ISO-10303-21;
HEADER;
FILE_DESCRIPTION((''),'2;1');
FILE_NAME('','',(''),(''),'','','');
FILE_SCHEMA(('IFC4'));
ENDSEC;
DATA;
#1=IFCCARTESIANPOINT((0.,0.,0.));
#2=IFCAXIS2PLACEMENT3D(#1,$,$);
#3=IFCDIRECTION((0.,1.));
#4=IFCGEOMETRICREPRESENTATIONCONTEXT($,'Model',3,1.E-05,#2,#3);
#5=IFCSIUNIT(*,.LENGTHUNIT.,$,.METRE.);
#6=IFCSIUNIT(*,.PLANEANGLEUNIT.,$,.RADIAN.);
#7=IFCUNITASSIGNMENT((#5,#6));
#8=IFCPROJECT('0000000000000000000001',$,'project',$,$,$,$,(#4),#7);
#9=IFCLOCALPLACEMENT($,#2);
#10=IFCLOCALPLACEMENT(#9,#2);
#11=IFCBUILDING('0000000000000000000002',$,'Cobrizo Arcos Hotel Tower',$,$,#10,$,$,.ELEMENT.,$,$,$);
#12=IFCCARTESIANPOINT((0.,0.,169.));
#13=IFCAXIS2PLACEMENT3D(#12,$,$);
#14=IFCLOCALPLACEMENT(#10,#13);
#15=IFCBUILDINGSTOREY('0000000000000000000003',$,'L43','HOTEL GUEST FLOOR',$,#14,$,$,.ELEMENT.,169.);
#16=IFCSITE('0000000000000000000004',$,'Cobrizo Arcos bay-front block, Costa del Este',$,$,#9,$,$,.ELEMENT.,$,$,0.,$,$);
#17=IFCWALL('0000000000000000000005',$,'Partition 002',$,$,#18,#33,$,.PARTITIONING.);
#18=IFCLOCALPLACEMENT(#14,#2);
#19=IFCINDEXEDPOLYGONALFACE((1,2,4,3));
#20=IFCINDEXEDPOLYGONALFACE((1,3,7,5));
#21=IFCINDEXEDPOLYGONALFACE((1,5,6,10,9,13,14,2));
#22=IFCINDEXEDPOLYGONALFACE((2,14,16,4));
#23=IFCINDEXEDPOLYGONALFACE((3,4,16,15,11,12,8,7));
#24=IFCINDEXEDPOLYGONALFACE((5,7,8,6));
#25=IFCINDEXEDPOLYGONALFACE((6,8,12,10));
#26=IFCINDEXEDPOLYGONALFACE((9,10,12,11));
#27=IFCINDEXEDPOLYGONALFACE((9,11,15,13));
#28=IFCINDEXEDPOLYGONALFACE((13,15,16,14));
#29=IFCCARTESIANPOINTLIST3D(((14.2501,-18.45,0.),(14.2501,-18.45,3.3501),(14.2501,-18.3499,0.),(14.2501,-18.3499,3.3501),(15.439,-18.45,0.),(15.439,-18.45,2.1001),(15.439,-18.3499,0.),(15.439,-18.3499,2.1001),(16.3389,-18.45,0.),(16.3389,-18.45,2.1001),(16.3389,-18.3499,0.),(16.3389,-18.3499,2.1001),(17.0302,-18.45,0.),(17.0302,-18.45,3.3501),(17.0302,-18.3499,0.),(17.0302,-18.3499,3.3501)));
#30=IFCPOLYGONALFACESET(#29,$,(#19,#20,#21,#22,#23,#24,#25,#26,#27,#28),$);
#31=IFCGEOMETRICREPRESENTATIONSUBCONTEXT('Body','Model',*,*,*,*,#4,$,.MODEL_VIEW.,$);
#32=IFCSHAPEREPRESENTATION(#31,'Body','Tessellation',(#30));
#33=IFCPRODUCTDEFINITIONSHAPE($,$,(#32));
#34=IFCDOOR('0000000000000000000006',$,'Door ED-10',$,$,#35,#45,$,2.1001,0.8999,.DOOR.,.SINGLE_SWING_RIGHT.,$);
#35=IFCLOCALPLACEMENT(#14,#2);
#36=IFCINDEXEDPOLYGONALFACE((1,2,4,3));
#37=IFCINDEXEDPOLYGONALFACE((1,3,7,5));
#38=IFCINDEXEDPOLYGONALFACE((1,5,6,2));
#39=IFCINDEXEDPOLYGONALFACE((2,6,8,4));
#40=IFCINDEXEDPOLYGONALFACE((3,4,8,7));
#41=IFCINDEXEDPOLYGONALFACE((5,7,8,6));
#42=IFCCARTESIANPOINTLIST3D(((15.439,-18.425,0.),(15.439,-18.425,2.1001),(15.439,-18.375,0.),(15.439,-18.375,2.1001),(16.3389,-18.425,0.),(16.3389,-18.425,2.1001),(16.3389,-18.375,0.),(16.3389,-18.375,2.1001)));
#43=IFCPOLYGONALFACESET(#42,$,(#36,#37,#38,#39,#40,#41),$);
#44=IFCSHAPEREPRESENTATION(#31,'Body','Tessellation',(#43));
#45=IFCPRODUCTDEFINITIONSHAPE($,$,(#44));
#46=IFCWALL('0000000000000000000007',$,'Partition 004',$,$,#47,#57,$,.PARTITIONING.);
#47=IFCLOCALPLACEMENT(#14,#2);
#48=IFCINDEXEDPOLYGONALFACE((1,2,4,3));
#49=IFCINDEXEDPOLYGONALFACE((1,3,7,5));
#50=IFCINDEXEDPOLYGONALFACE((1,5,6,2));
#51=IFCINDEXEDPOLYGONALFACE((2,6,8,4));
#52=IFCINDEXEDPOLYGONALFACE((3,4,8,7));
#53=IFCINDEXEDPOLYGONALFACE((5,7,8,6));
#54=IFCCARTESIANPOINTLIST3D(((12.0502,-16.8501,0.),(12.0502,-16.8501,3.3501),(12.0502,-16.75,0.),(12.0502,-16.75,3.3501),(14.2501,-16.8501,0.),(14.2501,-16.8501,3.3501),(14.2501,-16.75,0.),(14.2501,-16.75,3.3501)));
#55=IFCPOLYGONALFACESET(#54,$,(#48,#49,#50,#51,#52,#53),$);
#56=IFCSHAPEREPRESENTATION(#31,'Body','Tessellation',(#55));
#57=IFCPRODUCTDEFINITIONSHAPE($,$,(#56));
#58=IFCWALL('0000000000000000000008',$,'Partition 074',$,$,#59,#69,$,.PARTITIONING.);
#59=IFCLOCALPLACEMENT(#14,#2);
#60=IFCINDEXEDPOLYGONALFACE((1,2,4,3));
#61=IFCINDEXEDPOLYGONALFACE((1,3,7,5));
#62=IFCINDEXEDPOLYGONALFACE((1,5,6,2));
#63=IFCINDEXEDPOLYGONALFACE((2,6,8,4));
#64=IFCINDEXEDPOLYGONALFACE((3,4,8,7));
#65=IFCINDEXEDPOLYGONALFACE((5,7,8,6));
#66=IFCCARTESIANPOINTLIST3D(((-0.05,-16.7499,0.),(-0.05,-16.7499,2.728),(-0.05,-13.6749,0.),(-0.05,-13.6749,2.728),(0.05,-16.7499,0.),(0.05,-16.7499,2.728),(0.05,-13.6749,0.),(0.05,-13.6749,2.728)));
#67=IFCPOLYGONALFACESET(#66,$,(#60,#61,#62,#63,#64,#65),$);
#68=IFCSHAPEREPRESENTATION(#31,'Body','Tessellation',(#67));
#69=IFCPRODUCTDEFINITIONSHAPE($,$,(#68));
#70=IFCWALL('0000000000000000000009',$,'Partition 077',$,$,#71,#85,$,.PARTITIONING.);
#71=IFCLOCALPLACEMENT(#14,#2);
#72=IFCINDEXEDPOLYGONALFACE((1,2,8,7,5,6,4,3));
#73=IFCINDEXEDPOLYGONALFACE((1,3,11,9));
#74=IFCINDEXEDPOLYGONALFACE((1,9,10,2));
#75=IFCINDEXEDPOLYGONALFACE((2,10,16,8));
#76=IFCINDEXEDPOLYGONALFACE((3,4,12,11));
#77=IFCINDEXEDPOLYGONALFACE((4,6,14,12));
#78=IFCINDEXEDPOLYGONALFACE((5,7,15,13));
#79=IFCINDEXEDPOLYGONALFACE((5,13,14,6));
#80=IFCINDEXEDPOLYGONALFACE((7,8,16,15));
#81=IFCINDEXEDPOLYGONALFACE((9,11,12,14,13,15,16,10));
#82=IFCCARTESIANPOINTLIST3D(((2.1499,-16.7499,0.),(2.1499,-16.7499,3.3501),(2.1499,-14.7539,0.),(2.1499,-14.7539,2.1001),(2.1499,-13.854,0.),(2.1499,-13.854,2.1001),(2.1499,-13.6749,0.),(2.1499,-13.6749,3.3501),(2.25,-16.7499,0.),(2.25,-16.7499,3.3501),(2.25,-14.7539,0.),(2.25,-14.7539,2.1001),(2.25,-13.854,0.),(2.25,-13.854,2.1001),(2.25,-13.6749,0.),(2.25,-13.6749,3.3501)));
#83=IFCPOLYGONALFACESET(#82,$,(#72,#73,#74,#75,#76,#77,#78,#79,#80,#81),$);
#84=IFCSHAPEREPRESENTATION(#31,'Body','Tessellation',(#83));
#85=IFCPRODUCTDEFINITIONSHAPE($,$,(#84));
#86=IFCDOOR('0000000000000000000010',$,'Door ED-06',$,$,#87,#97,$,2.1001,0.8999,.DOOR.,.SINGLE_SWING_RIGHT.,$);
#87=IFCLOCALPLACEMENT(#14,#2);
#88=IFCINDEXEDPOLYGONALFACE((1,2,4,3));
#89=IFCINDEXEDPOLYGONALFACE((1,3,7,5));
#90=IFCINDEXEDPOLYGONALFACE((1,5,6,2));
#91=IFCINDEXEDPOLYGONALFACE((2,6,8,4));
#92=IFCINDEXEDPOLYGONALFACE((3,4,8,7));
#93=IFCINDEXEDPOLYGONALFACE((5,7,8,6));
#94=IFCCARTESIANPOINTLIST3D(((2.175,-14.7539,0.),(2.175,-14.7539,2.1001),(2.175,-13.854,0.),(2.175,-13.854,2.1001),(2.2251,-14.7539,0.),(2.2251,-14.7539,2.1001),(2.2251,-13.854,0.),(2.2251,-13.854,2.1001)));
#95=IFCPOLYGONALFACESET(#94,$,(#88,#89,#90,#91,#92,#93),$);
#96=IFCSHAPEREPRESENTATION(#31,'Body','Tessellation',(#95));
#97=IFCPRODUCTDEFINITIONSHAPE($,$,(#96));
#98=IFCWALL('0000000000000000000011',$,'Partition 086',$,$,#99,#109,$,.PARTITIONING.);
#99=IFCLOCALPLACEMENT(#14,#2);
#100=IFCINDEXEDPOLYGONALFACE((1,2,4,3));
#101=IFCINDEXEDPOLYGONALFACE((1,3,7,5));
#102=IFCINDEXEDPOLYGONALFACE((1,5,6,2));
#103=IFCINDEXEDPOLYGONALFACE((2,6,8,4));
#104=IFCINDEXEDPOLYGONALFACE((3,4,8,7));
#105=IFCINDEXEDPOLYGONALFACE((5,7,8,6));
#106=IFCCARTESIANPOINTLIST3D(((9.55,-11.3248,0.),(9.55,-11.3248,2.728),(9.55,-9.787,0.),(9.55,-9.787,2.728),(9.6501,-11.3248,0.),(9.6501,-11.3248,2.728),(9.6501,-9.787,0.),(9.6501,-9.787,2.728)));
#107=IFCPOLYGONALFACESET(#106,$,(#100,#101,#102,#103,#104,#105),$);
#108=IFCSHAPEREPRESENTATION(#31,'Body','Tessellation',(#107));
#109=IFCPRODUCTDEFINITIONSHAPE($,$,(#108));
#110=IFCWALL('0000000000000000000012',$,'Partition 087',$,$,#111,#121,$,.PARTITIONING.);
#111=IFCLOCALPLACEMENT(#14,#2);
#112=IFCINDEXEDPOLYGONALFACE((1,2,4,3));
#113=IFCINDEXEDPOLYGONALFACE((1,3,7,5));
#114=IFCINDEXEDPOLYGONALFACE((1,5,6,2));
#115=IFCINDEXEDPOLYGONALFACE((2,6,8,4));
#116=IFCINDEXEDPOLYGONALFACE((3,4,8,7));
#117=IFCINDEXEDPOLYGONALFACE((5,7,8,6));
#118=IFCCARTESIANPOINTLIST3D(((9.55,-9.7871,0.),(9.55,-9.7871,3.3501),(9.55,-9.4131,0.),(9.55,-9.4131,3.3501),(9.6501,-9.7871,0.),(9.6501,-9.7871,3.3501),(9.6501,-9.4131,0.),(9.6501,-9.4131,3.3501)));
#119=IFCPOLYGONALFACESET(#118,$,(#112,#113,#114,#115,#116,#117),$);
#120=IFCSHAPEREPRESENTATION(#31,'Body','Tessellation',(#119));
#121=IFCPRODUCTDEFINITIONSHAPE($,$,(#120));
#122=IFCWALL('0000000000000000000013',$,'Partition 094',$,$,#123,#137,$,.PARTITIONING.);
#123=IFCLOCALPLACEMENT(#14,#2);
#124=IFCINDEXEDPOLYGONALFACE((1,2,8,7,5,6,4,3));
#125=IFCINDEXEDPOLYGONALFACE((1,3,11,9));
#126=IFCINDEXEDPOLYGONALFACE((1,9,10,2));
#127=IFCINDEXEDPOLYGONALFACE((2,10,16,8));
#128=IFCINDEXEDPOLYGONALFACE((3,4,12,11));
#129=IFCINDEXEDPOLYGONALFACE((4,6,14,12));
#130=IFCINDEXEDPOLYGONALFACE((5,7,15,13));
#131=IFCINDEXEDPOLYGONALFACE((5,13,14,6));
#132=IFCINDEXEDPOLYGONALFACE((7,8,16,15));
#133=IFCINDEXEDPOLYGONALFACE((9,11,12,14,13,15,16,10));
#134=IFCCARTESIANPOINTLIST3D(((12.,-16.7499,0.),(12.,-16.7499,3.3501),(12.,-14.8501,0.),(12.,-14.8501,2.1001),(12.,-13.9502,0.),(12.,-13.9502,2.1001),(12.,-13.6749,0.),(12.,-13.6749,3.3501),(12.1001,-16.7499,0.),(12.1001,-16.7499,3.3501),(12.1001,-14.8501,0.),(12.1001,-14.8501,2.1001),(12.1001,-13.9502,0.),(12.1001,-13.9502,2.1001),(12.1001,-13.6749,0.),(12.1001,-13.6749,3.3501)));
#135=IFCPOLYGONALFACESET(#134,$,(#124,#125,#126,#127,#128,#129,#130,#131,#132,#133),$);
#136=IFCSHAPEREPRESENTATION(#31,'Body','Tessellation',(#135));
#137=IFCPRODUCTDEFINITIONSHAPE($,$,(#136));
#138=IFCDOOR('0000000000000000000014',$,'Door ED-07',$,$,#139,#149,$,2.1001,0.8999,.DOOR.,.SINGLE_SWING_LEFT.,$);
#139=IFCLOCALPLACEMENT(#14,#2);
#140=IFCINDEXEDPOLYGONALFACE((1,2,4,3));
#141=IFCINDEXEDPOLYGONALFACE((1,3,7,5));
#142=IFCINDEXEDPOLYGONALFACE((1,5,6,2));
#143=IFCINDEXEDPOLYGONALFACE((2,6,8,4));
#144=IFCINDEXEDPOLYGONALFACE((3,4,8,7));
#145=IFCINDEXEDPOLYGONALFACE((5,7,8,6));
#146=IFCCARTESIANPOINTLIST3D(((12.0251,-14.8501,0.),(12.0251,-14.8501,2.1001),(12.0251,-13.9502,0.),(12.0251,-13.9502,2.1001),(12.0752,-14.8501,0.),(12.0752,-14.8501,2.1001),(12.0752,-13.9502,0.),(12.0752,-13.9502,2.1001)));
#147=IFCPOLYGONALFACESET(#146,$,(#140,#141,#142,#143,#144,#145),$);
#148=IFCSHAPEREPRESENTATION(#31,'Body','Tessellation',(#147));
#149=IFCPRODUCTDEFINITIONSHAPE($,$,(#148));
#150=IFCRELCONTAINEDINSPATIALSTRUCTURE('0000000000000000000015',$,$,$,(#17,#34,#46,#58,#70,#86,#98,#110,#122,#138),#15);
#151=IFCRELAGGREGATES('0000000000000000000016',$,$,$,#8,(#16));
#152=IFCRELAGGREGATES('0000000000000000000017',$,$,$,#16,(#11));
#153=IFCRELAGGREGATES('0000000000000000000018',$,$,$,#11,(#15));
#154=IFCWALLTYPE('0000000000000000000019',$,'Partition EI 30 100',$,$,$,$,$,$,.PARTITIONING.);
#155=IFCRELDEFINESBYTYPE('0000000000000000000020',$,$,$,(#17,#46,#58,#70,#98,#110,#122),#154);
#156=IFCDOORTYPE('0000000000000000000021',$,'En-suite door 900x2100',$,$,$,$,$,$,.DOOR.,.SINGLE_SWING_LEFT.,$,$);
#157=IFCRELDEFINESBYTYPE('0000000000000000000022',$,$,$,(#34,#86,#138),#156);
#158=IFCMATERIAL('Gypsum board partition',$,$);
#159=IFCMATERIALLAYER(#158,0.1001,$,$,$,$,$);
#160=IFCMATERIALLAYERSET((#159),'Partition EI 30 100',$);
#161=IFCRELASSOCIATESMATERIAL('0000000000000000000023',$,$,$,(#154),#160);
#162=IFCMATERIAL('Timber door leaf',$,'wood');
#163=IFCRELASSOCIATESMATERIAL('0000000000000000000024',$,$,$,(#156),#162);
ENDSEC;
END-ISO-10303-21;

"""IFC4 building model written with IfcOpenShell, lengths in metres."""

from ifc_helpers import new_model, si_unit, direction, frame, frame_2d, origin, place, context, subcontext, project, spatial, rectangle, extrude, material, layer, layer_set, type_object, element, fill, save


model = new_model("IFC4")

# Units and contexts
model_context = context("Model", 3, precision=1e-05, world=origin(), true_north=direction((0.0, 1.0)))
body_context = subcontext(model_context, "Body", "Model", "MODEL_VIEW")
ifc_project = project(units=[si_unit("LENGTHUNIT", "METRE"), si_unit("PLANEANGLEUNIT", "RADIAN")], contexts=[model_context])

# Site, building, storey
site_placement = place(None, origin())
site = spatial("IfcSite", under=ifc_project, at=site_placement, Name="Cobrizo Arcos bay-front block, Costa del Este", CompositionType="ELEMENT", RefElevation=0.0)
building_placement = place(site_placement, origin())
building = spatial("IfcBuilding", under=site, at=building_placement, Name="Cobrizo Arcos Hotel Tower", CompositionType="ELEMENT")
storey_placement = place(building_placement, frame((0.0, 0.0, 169.0)))
storey = spatial("IfcBuildingStorey", under=building, at=storey_placement, Name="L43", Description="HOTEL GUEST FLOOR", CompositionType="ELEMENT", Elevation=169.0)

# Shared definitions
ifc_material_1 = material(Name="Gypsum board partition")

# Wall, opening, door
ifc_material_2 = material(Name="Timber door leaf", Category="wood")
ifc_layer_1 = layer(ifc_material_1, 0.1001)
ifc_layer_set_1 = layer_set([ifc_layer_1], Name="Partition EI 30 100")
wall_type_1 = type_object("IfcWallType", Name="Partition EI 30 100", PredefinedType="PARTITIONING", material=ifc_layer_set_1)
wall_1_placement = place(storey_placement, frame((14.25, -18.3999, 0.0), z_axis=(0.0, 0.0, 1.0), x_axis=(1.0, 0.0, 0.0)))
wall_1 = element("IfcWall", 1, at=wall_1_placement, inside=storey, type_object=wall_type_1, Name="Partition 002", PredefinedType="PARTITIONING", context=body_context, shape_type="SweptSolid", body=[
    extrude(rectangle(XDim=2.78, YDim=0.1001, at=frame_2d((1.3901, 0.0))), origin(), (0.0, 0.0, 1.0), 3.3501),
])
opening_1_placement = place(wall_1_placement, frame((1.189, 0.0, 0.0)))
opening_1 = element("IfcOpeningElement", 2, at=opening_1_placement, cuts=wall_1, PredefinedType="OPENING", context=body_context, shape_type="SweptSolid", body=[
    extrude(rectangle(XDim=0.8999, YDim=2.1001, at=frame_2d((0.45, 1.05))), frame((0.0, 0.062, 0.0), z_axis=(0.0, -1.0, 0.0), x_axis=(1.0, 0.0, 0.0)), (0.0, 0.0, 1.0), 0.124),
])
door_type_1 = type_object("IfcDoorType", Name="En-suite door 900x2100", OperationType="SINGLE_SWING_LEFT", PredefinedType="DOOR", material=ifc_material_2)
door_1_placement = place(opening_1_placement, origin())
door_1 = element("IfcDoor", 3, at=door_1_placement, inside=storey, type_object=door_type_1, Name="Door ED-10", OperationType="SINGLE_SWING_RIGHT", OverallHeight=2.1001, OverallWidth=0.8999, PredefinedType="DOOR", context=body_context, shape_type="SweptSolid", body=[
    extrude(rectangle(XDim=0.8999, YDim=2.1001, at=frame_2d((0.45, 1.05))), frame((0.0, 0.0249, 0.0), z_axis=(0.0, -1.0, 0.0), x_axis=(1.0, 0.0, 0.0)), (0.0, 0.0, 1.0), 0.05),
])
fill(opening_1, door_1)

# Walls
wall_2_placement = place(storey_placement, frame((12.05, -16.8, 0.0), z_axis=(0.0, 0.0, 1.0), x_axis=(1.0, 0.0, 0.0)))
element("IfcWall", 4, at=wall_2_placement, inside=storey, type_object=wall_type_1, Name="Partition 004", PredefinedType="PARTITIONING", context=body_context, shape_type="SweptSolid", body=[
    extrude(rectangle(XDim=2.2, YDim=0.1001, at=frame_2d((1.1001, 0.0))), origin(), (0.0, 0.0, 1.0), 3.3501),
])
wall_3_placement = place(storey_placement, frame((0.0, -16.75, 0.0), z_axis=(0.0, 0.0, 1.0), x_axis=(0.0, 1.0, 0.0)))
element("IfcWall", 5, at=wall_3_placement, inside=storey, type_object=wall_type_1, Name="Partition 074", PredefinedType="PARTITIONING", context=body_context, shape_type="SweptSolid", body=[
    extrude(rectangle(XDim=3.075, YDim=0.1001, at=frame_2d((1.5376, 0.0))), origin(), (0.0, 0.0, 1.0), 2.728),
])

# Wall, opening, door
wall_4_placement = place(storey_placement, frame((2.2, -16.75, 0.0), z_axis=(0.0, 0.0, 1.0), x_axis=(0.0, 1.0, 0.0)))
wall_4 = element("IfcWall", 6, at=wall_4_placement, inside=storey, type_object=wall_type_1, Name="Partition 077", PredefinedType="PARTITIONING", context=body_context, shape_type="SweptSolid", body=[
    extrude(rectangle(XDim=3.075, YDim=0.1001, at=frame_2d((1.5376, 0.0))), origin(), (0.0, 0.0, 1.0), 3.3501),
])
opening_2_placement = place(wall_4_placement, frame((1.9961, 0.0, 0.0)))
opening_2 = element("IfcOpeningElement", 7, at=opening_2_placement, cuts=wall_4, PredefinedType="OPENING", context=body_context, shape_type="SweptSolid", body=[
    extrude(rectangle(XDim=0.8999, YDim=2.1001, at=frame_2d((0.45, 1.05))), frame((0.0, 0.062, 0.0), z_axis=(0.0, -1.0, 0.0), x_axis=(1.0, 0.0, 0.0)), (0.0, 0.0, 1.0), 0.124),
])
door_2_placement = place(opening_2_placement, origin())
door_2 = element("IfcDoor", 8, at=door_2_placement, inside=storey, type_object=door_type_1, Name="Door ED-06", OperationType="SINGLE_SWING_RIGHT", OverallHeight=2.1001, OverallWidth=0.8999, PredefinedType="DOOR", context=body_context, shape_type="SweptSolid", body=[
    extrude(rectangle(XDim=0.8999, YDim=2.1001, at=frame_2d((0.45, 1.05))), frame((0.0, 0.0249, 0.0), z_axis=(0.0, -1.0, 0.0), x_axis=(1.0, 0.0, 0.0)), (0.0, 0.0, 1.0), 0.05),
])
fill(opening_2, door_2)

# Walls
wall_5_placement = place(storey_placement, frame((9.6001, -11.325, 0.0), z_axis=(0.0, 0.0, 1.0), x_axis=(0.0, 1.0, 0.0)))
element("IfcWall", 9, at=wall_5_placement, inside=storey, type_object=wall_type_1, Name="Partition 086", PredefinedType="PARTITIONING", context=body_context, shape_type="SweptSolid", body=[
    extrude(rectangle(XDim=1.5378, YDim=0.1001, at=frame_2d((0.769, 0.0))), origin(), (0.0, 0.0, 1.0), 2.728),
])
wall_6_placement = place(storey_placement, frame((9.6001, -9.7871, 0.0), z_axis=(0.0, 0.0, 1.0), x_axis=(0.0, 1.0, 0.0)))
element("IfcWall", 10, at=wall_6_placement, inside=storey, type_object=wall_type_1, Name="Partition 087", PredefinedType="PARTITIONING", context=body_context, shape_type="SweptSolid", body=[
    extrude(rectangle(XDim=0.374, YDim=0.1001, at=frame_2d((0.187, 0.0))), origin(), (0.0, 0.0, 1.0), 3.3501),
])

# Wall, opening, door
wall_7_placement = place(storey_placement, frame((12.05, -16.75, 0.0), z_axis=(0.0, 0.0, 1.0), x_axis=(0.0, 1.0, 0.0)))
wall_7 = element("IfcWall", 11, at=wall_7_placement, inside=storey, type_object=wall_type_1, Name="Partition 094", PredefinedType="PARTITIONING", context=body_context, shape_type="SweptSolid", body=[
    extrude(rectangle(XDim=3.075, YDim=0.1001, at=frame_2d((1.5376, 0.0))), origin(), (0.0, 0.0, 1.0), 3.3501),
])
opening_3_placement = place(wall_7_placement, frame((1.8999, 0.0, 0.0)))
opening_3 = element("IfcOpeningElement", 12, at=opening_3_placement, cuts=wall_7, PredefinedType="OPENING", context=body_context, shape_type="SweptSolid", body=[
    extrude(rectangle(XDim=0.8999, YDim=2.1001, at=frame_2d((0.45, 1.05))), frame((0.0, 0.062, 0.0), z_axis=(0.0, -1.0, 0.0), x_axis=(1.0, 0.0, 0.0)), (0.0, 0.0, 1.0), 0.124),
])
door_3_placement = place(opening_3_placement, origin())
door_3 = element("IfcDoor", 13, at=door_3_placement, inside=storey, type_object=door_type_1, Name="Door ED-07", OperationType="SINGLE_SWING_LEFT", OverallHeight=2.1001, OverallWidth=0.8999, PredefinedType="DOOR", context=body_context, shape_type="SweptSolid", body=[
    extrude(rectangle(XDim=0.8999, YDim=2.1001, at=frame_2d((0.45, 1.05))), frame((0.0, 0.0249, 0.0), z_axis=(0.0, -1.0, 0.0), x_axis=(1.0, 0.0, 0.0)), (0.0, 0.0, 1.0), 0.05),
])
fill(opening_3, door_3)

save(model, "model.ifc")
